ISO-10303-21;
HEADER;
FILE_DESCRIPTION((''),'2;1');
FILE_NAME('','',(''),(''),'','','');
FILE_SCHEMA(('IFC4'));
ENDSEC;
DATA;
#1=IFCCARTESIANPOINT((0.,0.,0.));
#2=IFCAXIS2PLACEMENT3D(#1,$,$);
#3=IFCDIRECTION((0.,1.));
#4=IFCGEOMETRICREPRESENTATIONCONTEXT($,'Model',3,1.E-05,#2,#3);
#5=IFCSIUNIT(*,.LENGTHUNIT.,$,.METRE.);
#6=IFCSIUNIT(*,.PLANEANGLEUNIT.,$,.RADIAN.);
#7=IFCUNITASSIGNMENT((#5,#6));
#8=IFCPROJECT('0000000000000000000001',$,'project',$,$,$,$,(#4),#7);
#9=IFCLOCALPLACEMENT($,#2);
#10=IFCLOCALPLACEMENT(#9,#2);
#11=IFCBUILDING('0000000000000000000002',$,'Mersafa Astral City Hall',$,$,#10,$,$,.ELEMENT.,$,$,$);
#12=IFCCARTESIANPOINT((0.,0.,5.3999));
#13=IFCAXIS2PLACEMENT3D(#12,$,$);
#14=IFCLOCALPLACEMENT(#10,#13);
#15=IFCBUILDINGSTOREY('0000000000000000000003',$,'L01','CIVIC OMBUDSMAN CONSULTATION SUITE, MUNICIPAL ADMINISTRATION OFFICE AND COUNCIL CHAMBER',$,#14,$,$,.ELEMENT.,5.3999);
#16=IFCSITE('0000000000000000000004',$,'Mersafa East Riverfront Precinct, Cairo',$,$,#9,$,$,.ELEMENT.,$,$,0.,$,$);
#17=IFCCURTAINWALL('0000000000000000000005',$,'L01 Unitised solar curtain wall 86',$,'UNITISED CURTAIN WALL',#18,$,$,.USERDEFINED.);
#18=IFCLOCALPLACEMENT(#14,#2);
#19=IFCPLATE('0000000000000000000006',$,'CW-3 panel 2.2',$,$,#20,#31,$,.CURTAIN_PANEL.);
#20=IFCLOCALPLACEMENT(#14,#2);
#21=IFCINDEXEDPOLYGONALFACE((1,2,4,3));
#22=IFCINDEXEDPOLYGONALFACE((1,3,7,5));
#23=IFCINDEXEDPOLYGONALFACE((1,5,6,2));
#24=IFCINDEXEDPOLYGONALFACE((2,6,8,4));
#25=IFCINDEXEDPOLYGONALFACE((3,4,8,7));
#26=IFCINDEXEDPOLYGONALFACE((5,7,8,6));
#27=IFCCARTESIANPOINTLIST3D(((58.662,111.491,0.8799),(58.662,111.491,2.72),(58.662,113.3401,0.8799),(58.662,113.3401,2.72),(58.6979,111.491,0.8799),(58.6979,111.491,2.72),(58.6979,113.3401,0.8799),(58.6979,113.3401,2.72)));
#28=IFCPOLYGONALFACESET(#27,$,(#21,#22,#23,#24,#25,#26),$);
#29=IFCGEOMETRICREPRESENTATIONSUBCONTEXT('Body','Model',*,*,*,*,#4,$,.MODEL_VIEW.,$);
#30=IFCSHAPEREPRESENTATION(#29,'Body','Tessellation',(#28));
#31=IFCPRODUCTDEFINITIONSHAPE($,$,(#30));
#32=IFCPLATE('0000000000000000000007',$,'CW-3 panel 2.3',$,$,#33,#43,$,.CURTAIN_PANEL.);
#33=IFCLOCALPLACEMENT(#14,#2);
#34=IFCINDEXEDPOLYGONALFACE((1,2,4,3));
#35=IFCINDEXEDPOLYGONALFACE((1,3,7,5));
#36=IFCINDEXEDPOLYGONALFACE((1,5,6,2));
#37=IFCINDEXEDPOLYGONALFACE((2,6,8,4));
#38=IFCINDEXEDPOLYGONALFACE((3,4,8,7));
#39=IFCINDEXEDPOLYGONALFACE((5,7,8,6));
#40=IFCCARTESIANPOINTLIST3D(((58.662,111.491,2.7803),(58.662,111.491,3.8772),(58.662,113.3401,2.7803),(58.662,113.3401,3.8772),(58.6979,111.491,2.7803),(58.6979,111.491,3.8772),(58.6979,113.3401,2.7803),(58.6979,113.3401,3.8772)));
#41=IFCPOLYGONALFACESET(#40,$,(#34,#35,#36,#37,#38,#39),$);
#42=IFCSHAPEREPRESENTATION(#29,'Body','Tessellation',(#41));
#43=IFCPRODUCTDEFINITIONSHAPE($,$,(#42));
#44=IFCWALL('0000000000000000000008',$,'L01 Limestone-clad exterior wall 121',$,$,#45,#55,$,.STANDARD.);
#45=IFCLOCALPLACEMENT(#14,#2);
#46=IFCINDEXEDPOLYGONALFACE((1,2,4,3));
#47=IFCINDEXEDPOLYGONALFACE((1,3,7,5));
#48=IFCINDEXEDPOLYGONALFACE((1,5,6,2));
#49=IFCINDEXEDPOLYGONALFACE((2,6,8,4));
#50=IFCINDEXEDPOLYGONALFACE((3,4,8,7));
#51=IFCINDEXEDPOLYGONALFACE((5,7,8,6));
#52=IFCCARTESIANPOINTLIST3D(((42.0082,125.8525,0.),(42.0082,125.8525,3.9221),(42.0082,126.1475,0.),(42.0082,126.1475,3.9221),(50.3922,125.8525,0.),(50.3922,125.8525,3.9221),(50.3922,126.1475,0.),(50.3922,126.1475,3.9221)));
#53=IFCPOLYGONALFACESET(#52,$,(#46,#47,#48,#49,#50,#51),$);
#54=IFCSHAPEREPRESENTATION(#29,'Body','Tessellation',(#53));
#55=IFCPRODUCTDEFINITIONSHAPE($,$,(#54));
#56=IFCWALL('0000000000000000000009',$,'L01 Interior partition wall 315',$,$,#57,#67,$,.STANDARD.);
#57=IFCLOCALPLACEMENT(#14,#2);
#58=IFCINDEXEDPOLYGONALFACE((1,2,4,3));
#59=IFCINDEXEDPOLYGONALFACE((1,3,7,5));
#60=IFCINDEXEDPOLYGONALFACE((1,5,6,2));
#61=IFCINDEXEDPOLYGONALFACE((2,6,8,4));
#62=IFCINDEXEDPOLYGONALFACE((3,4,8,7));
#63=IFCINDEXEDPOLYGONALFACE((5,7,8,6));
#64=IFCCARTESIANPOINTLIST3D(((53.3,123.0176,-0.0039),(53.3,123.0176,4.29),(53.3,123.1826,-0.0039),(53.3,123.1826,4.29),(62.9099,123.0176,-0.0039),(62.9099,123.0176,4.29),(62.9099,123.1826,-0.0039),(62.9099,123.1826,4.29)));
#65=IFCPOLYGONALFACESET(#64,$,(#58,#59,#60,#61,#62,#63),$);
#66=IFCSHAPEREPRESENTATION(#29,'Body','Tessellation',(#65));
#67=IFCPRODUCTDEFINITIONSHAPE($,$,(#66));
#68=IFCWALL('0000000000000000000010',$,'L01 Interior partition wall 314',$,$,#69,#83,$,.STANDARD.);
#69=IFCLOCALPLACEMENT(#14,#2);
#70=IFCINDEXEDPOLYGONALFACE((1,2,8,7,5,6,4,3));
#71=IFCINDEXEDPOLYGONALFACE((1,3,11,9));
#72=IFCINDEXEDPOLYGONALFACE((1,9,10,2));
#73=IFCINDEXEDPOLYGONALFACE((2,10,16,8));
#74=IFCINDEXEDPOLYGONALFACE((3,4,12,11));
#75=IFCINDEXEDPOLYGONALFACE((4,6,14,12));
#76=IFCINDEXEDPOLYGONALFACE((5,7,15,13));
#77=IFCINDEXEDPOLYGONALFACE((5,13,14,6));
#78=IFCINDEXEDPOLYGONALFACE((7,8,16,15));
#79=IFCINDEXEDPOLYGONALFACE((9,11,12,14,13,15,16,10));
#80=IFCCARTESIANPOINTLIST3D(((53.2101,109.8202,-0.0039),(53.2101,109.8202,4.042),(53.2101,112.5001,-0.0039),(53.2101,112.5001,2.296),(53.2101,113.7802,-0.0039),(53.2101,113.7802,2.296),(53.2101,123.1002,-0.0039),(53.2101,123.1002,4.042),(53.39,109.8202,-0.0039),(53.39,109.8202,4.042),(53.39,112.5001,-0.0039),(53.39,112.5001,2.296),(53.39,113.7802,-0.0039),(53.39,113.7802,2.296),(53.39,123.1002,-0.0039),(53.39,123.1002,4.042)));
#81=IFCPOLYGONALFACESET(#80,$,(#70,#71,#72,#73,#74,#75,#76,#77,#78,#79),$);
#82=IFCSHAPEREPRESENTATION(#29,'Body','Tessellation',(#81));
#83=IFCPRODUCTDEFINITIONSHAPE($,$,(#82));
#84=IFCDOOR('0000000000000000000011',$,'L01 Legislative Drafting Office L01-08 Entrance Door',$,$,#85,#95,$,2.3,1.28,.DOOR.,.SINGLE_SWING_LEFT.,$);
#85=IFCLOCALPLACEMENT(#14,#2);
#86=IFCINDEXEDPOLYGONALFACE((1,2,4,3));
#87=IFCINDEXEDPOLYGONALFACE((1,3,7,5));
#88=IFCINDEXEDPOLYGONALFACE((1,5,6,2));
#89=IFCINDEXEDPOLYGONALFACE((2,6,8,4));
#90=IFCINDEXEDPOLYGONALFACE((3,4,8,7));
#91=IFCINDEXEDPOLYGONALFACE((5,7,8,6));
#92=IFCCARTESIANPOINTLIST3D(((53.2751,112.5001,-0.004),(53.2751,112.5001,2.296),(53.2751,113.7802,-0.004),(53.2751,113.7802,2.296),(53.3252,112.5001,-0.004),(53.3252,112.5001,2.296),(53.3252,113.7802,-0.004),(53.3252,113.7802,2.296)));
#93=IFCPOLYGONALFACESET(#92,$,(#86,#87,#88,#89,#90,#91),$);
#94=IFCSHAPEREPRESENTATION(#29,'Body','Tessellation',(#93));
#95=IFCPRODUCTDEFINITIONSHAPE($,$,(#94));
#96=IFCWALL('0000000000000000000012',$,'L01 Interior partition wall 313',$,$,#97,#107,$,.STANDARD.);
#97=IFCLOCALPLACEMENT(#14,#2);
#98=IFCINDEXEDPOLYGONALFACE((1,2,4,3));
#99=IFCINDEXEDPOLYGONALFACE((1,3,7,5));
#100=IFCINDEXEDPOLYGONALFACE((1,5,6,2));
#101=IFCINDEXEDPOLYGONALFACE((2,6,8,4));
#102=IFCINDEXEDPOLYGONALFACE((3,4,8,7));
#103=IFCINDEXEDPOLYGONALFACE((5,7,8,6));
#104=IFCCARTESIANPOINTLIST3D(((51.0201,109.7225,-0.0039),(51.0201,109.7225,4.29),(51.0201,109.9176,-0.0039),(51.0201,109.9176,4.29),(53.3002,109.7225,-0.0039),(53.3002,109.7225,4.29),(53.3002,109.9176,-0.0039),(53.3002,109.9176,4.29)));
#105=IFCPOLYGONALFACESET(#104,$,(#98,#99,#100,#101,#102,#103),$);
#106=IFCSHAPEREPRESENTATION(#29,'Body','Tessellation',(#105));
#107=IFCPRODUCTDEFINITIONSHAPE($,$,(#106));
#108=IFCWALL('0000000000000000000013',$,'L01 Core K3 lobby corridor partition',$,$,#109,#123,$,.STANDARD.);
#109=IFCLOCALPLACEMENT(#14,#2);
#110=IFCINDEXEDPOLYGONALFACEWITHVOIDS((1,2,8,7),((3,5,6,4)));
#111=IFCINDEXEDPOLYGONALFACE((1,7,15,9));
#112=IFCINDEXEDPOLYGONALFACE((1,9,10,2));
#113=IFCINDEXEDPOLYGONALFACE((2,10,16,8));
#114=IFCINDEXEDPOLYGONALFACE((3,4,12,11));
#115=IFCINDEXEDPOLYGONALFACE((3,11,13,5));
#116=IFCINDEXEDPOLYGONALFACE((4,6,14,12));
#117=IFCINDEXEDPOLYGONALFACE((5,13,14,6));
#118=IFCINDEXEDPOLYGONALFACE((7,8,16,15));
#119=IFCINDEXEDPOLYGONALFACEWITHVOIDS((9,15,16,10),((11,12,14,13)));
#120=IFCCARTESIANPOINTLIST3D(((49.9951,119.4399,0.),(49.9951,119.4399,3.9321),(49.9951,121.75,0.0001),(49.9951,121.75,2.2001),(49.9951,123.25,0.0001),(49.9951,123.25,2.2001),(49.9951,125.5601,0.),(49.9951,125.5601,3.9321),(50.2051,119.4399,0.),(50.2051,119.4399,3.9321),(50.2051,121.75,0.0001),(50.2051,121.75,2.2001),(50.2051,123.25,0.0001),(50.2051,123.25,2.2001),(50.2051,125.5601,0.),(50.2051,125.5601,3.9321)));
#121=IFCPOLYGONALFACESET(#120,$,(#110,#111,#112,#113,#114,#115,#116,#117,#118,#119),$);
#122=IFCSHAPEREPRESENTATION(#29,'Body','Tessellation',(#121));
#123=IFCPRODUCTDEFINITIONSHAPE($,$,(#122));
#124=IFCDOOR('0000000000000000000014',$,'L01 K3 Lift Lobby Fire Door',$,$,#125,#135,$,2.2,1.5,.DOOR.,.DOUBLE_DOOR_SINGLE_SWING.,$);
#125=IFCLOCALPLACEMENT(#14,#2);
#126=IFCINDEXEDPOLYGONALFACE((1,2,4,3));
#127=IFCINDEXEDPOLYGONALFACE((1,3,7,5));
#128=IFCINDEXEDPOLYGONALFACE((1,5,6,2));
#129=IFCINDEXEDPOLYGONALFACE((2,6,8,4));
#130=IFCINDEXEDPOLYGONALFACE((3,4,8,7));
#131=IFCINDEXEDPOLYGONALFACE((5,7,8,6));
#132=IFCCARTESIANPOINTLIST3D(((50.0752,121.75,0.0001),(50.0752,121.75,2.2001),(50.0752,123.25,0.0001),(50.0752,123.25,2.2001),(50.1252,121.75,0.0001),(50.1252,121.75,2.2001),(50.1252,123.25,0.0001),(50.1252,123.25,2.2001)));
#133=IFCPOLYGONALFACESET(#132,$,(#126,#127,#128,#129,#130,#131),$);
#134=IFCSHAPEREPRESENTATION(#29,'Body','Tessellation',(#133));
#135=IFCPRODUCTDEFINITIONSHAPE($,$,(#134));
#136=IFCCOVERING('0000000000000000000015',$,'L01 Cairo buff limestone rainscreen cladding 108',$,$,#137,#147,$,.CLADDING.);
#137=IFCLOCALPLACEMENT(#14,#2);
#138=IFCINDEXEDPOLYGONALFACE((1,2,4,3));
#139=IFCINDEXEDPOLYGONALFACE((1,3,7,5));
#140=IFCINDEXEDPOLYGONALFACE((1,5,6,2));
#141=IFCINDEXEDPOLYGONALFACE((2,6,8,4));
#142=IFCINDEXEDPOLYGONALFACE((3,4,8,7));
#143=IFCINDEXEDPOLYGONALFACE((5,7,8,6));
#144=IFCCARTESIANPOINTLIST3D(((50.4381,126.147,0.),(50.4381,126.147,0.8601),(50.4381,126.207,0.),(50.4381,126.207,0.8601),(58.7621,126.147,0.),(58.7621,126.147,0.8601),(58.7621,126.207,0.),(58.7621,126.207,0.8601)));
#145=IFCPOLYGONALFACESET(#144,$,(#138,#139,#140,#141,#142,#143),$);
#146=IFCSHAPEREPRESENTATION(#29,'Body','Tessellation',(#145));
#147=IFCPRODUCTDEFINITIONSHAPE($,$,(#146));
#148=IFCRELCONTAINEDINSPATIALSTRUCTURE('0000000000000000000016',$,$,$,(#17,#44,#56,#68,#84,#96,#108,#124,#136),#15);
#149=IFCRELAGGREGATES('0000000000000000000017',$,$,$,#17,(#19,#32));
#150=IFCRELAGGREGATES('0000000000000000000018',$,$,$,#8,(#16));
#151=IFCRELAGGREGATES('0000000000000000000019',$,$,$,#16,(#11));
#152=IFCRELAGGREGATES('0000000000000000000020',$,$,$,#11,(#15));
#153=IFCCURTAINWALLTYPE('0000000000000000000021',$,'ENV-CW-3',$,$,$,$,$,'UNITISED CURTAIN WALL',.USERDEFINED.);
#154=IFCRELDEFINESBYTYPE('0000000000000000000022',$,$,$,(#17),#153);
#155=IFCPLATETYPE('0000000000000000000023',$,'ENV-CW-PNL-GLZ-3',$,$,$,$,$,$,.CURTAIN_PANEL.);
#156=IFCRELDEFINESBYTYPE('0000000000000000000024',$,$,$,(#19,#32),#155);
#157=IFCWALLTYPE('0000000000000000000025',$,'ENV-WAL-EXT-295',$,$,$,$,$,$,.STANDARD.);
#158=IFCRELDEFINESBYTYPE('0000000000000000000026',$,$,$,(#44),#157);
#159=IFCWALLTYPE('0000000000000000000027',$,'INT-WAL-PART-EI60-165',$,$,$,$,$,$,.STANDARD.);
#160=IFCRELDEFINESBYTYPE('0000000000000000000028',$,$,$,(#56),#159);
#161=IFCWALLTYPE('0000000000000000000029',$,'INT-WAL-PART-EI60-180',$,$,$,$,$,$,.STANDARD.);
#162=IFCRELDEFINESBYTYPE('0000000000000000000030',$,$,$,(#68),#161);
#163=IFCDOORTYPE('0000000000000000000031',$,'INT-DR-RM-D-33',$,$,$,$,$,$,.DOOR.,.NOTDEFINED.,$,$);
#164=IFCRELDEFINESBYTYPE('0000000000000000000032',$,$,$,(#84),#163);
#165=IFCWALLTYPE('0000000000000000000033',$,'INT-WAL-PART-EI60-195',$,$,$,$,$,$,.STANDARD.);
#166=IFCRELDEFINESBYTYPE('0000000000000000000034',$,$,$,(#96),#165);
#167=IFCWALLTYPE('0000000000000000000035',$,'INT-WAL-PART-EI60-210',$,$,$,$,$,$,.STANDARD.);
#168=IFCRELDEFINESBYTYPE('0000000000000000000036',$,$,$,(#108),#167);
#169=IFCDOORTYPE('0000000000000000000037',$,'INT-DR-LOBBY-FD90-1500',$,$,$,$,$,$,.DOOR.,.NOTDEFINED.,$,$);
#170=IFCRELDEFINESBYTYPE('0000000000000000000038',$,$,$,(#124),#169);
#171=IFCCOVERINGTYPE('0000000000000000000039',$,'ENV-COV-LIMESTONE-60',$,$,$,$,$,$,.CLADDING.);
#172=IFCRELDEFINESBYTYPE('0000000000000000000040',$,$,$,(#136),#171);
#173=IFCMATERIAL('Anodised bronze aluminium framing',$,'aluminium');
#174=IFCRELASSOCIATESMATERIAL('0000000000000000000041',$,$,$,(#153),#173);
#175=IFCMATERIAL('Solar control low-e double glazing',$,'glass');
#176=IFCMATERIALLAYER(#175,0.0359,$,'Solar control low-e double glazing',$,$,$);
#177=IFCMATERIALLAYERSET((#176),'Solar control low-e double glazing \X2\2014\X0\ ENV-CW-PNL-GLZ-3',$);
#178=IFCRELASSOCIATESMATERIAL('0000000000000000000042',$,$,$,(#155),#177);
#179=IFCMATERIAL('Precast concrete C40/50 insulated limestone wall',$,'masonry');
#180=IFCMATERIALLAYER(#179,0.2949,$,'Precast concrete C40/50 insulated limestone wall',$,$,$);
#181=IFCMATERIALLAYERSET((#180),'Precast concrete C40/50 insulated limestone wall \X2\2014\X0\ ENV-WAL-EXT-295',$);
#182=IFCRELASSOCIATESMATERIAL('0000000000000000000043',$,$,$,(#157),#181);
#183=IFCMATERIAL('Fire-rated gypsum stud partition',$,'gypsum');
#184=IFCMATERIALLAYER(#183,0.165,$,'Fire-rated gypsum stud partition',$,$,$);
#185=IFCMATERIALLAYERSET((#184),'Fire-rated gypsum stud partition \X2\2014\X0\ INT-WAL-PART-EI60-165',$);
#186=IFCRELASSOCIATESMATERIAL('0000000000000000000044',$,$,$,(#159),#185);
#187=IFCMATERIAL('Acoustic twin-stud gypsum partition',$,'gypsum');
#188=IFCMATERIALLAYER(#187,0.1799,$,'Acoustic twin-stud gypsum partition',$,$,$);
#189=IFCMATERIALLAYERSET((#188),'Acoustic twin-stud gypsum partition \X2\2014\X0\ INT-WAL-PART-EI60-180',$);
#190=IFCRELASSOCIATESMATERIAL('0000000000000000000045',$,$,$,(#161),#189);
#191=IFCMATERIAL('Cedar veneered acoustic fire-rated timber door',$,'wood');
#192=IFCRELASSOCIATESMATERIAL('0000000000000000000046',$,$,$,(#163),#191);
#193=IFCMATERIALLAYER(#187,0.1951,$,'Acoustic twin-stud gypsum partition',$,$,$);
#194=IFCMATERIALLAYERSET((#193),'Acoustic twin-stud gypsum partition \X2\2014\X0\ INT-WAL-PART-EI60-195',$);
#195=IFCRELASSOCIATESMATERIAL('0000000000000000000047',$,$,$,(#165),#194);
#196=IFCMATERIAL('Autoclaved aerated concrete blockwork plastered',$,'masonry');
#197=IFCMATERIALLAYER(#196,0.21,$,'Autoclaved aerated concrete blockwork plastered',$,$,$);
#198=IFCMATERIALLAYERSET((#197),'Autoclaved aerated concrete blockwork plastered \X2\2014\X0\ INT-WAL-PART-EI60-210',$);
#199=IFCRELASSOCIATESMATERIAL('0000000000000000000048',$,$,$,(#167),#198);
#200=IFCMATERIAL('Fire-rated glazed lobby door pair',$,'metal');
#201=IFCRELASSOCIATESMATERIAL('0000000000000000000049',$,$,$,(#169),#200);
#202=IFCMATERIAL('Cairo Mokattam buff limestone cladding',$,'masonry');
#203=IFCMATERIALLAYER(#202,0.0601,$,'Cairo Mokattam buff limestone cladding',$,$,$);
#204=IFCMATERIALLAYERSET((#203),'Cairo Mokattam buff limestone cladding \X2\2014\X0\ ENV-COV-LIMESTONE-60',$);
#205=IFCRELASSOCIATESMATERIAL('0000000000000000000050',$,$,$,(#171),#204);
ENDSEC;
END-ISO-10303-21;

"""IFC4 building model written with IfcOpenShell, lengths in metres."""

from ifc_helpers import new_model, si_unit, direction, frame, frame_2d, origin, origin_2d, place, context, subcontext, project, spatial, rectangle, extrude, material, layer, layer_set, type_object, element, fill, aggregate, save


model = new_model("IFC4")

# Units and contexts
model_context = context("Model", 3, precision=1e-05, world=origin(), true_north=direction((0.0, 1.0)))
body_context = subcontext(model_context, "Body", "Model", "MODEL_VIEW")
ifc_project = project(units=[si_unit("LENGTHUNIT", "METRE"), si_unit("PLANEANGLEUNIT", "RADIAN")], contexts=[model_context])

# Site, building, storey
site_placement = place(None, origin())
site = spatial("IfcSite", under=ifc_project, at=site_placement, Name="Mersafa East Riverfront Precinct, Cairo", CompositionType="ELEMENT", RefElevation=0.0)
building_placement = place(site_placement, origin())
building = spatial("IfcBuilding", under=site, at=building_placement, Name="Mersafa Astral City Hall", CompositionType="ELEMENT")
storey_placement = place(building_placement, frame((0.0, 0.0, 5.3999)))
storey = spatial("IfcBuildingStorey", under=building, at=storey_placement, Name="L01", Description="CIVIC OMBUDSMAN CONSULTATION SUITE, MUNICIPAL ADMINISTRATION OFFICE AND COUNCIL CHAMBER", CompositionType="ELEMENT", Elevation=5.3999)

# Curtain wall
ifc_material_1 = material(Name="Anodised bronze aluminium framing", Category="aluminium")
curtain_wall_type = type_object("IfcCurtainWallType", Name="ENV-CW-3", ElementType="UNITISED CURTAIN WALL", PredefinedType="USERDEFINED", material=ifc_material_1)
curtain_wall_placement = place(storey_placement, origin())
curtain_wall = element("IfcCurtainWall", 1, at=curtain_wall_placement, inside=storey, type_object=curtain_wall_type, Name="L01 Unitised solar curtain wall 86", ObjectType="UNITISED CURTAIN WALL", PredefinedType="USERDEFINED")

# Plates
ifc_material_2 = material(Name="Solar control low-e double glazing", Category="glass")
ifc_layer_1 = layer(ifc_material_2, 0.0359, Name="Solar control low-e double glazing")
ifc_layer_set_1 = layer_set([ifc_layer_1], Name="Solar control low-e double glazing — ENV-CW-PNL-GLZ-3")
plate_type = type_object("IfcPlateType", Name="ENV-CW-PNL-GLZ-3", PredefinedType="CURTAIN_PANEL", material=ifc_layer_set_1)
plate_1_placement = place(storey_placement, frame((58.6799, 112.4155, 0.8799), z_axis=(0.0, 0.0, 1.0), x_axis=(0.0, 1.0, 0.0)))
plate_1 = element("IfcPlate", 2, at=plate_1_placement, type_object=plate_type, Name="CW-3 panel 2.2", PredefinedType="CURTAIN_PANEL", context=body_context, shape_type="SweptSolid", body=[
    extrude(rectangle(XDim=1.8491, YDim=0.0359, at=origin_2d()), origin(), (0.0, 0.0, 1.0), 1.8401),
])
plate_2_placement = place(storey_placement, frame((58.6799, 112.4155, 2.7803), z_axis=(0.0, 0.0, 1.0), x_axis=(0.0, 1.0, 0.0)))
plate_2 = element("IfcPlate", 3, at=plate_2_placement, type_object=plate_type, Name="CW-3 panel 2.3", PredefinedType="CURTAIN_PANEL", context=body_context, shape_type="SweptSolid", body=[
    extrude(rectangle(XDim=1.8491, YDim=0.0359, at=origin_2d()), origin(), (0.0, 0.0, 1.0), 1.0969),
])
aggregate(curtain_wall, [plate_1, plate_2])

# Walls
ifc_material_3 = material(Name="Precast concrete C40/50 insulated limestone wall", Category="masonry")
ifc_layer_2 = layer(ifc_material_3, 0.2949, Name="Precast concrete C40/50 insulated limestone wall")
ifc_layer_set_2 = layer_set([ifc_layer_2], Name="Precast concrete C40/50 insulated limestone wall — ENV-WAL-EXT-295")
wall_type_1 = type_object("IfcWallType", Name="ENV-WAL-EXT-295", PredefinedType="STANDARD", material=ifc_layer_set_2)
wall_1_placement = place(storey_placement, frame((50.3921, 126.0, 0.0), z_axis=(0.0, 0.0, 1.0), x_axis=(-1.0, 0.0, 0.0)))
element("IfcWall", 4, at=wall_1_placement, inside=storey, type_object=wall_type_1, Name="L01 Limestone-clad exterior wall 121", PredefinedType="STANDARD", context=body_context, shape_type="SweptSolid", body=[
    extrude(rectangle(XDim=8.384, YDim=0.2949, at=frame_2d((4.1919, 0.0))), origin(), (0.0, 0.0, 1.0), 3.9221),
])
ifc_material_4 = material(Name="Fire-rated gypsum stud partition", Category="gypsum")
ifc_layer_3 = layer(ifc_material_4, 0.165, Name="Fire-rated gypsum stud partition")
ifc_layer_set_3 = layer_set([ifc_layer_3], Name="Fire-rated gypsum stud partition — INT-WAL-PART-EI60-165")
wall_type_2 = type_object("IfcWallType", Name="INT-WAL-PART-EI60-165", PredefinedType="STANDARD", material=ifc_layer_set_3)
wall_2_placement = place(storey_placement, frame((53.3, 123.1001, -0.0039), z_axis=(0.0, 0.0, 1.0), x_axis=(1.0, 0.0, 0.0)))
element("IfcWall", 5, at=wall_2_placement, inside=storey, type_object=wall_type_2, Name="L01 Interior partition wall 315", PredefinedType="STANDARD", context=body_context, shape_type="SweptSolid", body=[
    extrude(rectangle(XDim=9.6099, YDim=0.165, at=frame_2d((4.8049, 0.0))), origin(), (0.0, 0.0, 1.0), 4.2939),
])

# Wall, opening, door
ifc_material_5 = material(Name="Acoustic twin-stud gypsum partition", Category="gypsum")
ifc_layer_4 = layer(ifc_material_5, 0.1799, Name="Acoustic twin-stud gypsum partition")
ifc_layer_set_4 = layer_set([ifc_layer_4], Name="Acoustic twin-stud gypsum partition — INT-WAL-PART-EI60-180")
wall_type_3 = type_object("IfcWallType", Name="INT-WAL-PART-EI60-180", PredefinedType="STANDARD", material=ifc_layer_set_4)
wall_3_placement = place(storey_placement, frame((53.3, 109.8201, -0.0039), z_axis=(0.0, 0.0, 1.0), x_axis=(0.0, 1.0, 0.0)))
wall_3 = element("IfcWall", 6, at=wall_3_placement, inside=storey, type_object=wall_type_3, Name="L01 Interior partition wall 314", PredefinedType="STANDARD", context=body_context, shape_type="SweptSolid", body=[
    extrude(rectangle(XDim=13.28, YDim=0.1799, at=frame_2d((6.6401, 0.0))), origin(), (0.0, 0.0, 1.0), 4.0459),
])
opening_1_placement = place(wall_3_placement, frame((2.6799, 0.0, 0.0)))
opening_1 = element("IfcOpeningElement", 7, at=opening_1_placement, cuts=wall_3, PredefinedType="OPENING", context=body_context, shape_type="SweptSolid", body=[
    extrude(rectangle(XDim=1.28, YDim=2.3, at=frame_2d((0.6401, 1.1499))), frame((0.0, 0.0999, 0.0), z_axis=(0.0, -1.0, 0.0), x_axis=(1.0, 0.0, 0.0)), (0.0, 0.0, 1.0), 0.2),
])
ifc_material_6 = material(Name="Cedar veneered acoustic fire-rated timber door", Category="wood")
door_type_1 = type_object("IfcDoorType", Name="INT-DR-RM-D-33", OperationType="NOTDEFINED", PredefinedType="DOOR", material=ifc_material_6)
door_1_placement = place(opening_1_placement, origin())
door_1 = element("IfcDoor", 8, at=door_1_placement, inside=storey, type_object=door_type_1, Name="L01 Legislative Drafting Office L01-08 Entrance Door", OperationType="SINGLE_SWING_LEFT", OverallHeight=2.3, OverallWidth=1.28, PredefinedType="DOOR", context=body_context, shape_type="SweptSolid", body=[
    extrude(rectangle(XDim=1.28, YDim=2.3, at=frame_2d((0.6401, 1.1499))), frame((0.0, 0.0249, 0.0), z_axis=(0.0, -1.0, 0.0), x_axis=(1.0, 0.0, 0.0)), (0.0, 0.0, 1.0), 0.05),
])
fill(opening_1, door_1)

# Wall
ifc_layer_5 = layer(ifc_material_5, 0.1951, Name="Acoustic twin-stud gypsum partition")
ifc_layer_set_5 = layer_set([ifc_layer_5], Name="Acoustic twin-stud gypsum partition — INT-WAL-PART-EI60-195")
wall_type_4 = type_object("IfcWallType", Name="INT-WAL-PART-EI60-195", PredefinedType="STANDARD", material=ifc_layer_set_5)
wall_4_placement = place(storey_placement, frame((51.02, 109.8201, -0.0039), z_axis=(0.0, 0.0, 1.0), x_axis=(1.0, 0.0, 0.0)))
element("IfcWall", 9, at=wall_4_placement, inside=storey, type_object=wall_type_4, Name="L01 Interior partition wall 313", PredefinedType="STANDARD", context=body_context, shape_type="SweptSolid", body=[
    extrude(rectangle(XDim=2.28, YDim=0.1951, at=frame_2d((1.1401, 0.0))), origin(), (0.0, 0.0, 1.0), 4.2939),
])

# Wall, opening, door
ifc_material_7 = material(Name="Autoclaved aerated concrete blockwork plastered", Category="masonry")
ifc_layer_6 = layer(ifc_material_7, 0.21, Name="Autoclaved aerated concrete blockwork plastered")
ifc_layer_set_6 = layer_set([ifc_layer_6], Name="Autoclaved aerated concrete blockwork plastered — INT-WAL-PART-EI60-210")
wall_type_5 = type_object("IfcWallType", Name="INT-WAL-PART-EI60-210", PredefinedType="STANDARD", material=ifc_layer_set_6)
wall_5_placement = place(storey_placement, frame((50.1001, 119.4399, 0.0), z_axis=(0.0, 0.0, 1.0), x_axis=(0.0, 1.0, 0.0)))
wall_5 = element("IfcWall", 10, at=wall_5_placement, inside=storey, type_object=wall_type_5, Name="L01 Core K3 lobby corridor partition", PredefinedType="STANDARD", context=body_context, shape_type="SweptSolid", body=[
    extrude(rectangle(XDim=6.1201, YDim=0.21, at=frame_2d((3.0601, 0.0))), origin(), (0.0, 0.0, 1.0), 3.9321),
])
opening_2_placement = place(wall_5_placement, frame((2.3101, 0.0, 0.0)))
opening_2 = element("IfcOpeningElement", 11, at=opening_2_placement, cuts=wall_5, PredefinedType="OPENING", context=body_context, shape_type="SweptSolid", body=[
    extrude(rectangle(XDim=1.5, YDim=2.2, at=frame_2d((0.75, 1.1001))), frame((0.0, 0.115, 0.0), z_axis=(0.0, -1.0, 0.0), x_axis=(1.0, 0.0, 0.0)), (0.0, 0.0, 1.0), 0.23),
])
ifc_material_8 = material(Name="Fire-rated glazed lobby door pair", Category="metal")
door_type_2 = type_object("IfcDoorType", Name="INT-DR-LOBBY-FD90-1500", OperationType="NOTDEFINED", PredefinedType="DOOR", material=ifc_material_8)
door_2_placement = place(opening_2_placement, origin())
door_2 = element("IfcDoor", 12, at=door_2_placement, inside=storey, type_object=door_type_2, Name="L01 K3 Lift Lobby Fire Door", OperationType="DOUBLE_DOOR_SINGLE_SWING", OverallHeight=2.2, OverallWidth=1.5, PredefinedType="DOOR", context=body_context, shape_type="SweptSolid", body=[
    extrude(rectangle(XDim=1.5, YDim=2.2, at=frame_2d((0.75, 1.1001))), frame((0.0, 0.0249, 0.0), z_axis=(0.0, -1.0, 0.0), x_axis=(1.0, 0.0, 0.0)), (0.0, 0.0, 1.0), 0.05),
])
fill(opening_2, door_2)

# Covering
ifc_material_9 = material(Name="Cairo Mokattam buff limestone cladding", Category="masonry")
ifc_layer_7 = layer(ifc_material_9, 0.0601, Name="Cairo Mokattam buff limestone cladding")
ifc_layer_set_7 = layer_set([ifc_layer_7], Name="Cairo Mokattam buff limestone cladding — ENV-COV-LIMESTONE-60")
covering_type = type_object("IfcCoveringType", Name="ENV-COV-LIMESTONE-60", PredefinedType="CLADDING", material=ifc_layer_set_7)
covering_placement = place(storey_placement, frame((54.6001, 126.177, 0.0), z_axis=(0.0, 0.0, 1.0), x_axis=(-1.0, 0.0, 0.0)))
element("IfcCovering", 13, at=covering_placement, inside=storey, type_object=covering_type, Name="L01 Cairo buff limestone rainscreen cladding 108", PredefinedType="CLADDING", context=body_context, shape_type="SweptSolid", body=[
    extrude(rectangle(XDim=8.324, YDim=0.0601, at=origin_2d()), origin(), (0.0, 0.0, 1.0), 0.8601),
])

save(model, "model.ifc")
